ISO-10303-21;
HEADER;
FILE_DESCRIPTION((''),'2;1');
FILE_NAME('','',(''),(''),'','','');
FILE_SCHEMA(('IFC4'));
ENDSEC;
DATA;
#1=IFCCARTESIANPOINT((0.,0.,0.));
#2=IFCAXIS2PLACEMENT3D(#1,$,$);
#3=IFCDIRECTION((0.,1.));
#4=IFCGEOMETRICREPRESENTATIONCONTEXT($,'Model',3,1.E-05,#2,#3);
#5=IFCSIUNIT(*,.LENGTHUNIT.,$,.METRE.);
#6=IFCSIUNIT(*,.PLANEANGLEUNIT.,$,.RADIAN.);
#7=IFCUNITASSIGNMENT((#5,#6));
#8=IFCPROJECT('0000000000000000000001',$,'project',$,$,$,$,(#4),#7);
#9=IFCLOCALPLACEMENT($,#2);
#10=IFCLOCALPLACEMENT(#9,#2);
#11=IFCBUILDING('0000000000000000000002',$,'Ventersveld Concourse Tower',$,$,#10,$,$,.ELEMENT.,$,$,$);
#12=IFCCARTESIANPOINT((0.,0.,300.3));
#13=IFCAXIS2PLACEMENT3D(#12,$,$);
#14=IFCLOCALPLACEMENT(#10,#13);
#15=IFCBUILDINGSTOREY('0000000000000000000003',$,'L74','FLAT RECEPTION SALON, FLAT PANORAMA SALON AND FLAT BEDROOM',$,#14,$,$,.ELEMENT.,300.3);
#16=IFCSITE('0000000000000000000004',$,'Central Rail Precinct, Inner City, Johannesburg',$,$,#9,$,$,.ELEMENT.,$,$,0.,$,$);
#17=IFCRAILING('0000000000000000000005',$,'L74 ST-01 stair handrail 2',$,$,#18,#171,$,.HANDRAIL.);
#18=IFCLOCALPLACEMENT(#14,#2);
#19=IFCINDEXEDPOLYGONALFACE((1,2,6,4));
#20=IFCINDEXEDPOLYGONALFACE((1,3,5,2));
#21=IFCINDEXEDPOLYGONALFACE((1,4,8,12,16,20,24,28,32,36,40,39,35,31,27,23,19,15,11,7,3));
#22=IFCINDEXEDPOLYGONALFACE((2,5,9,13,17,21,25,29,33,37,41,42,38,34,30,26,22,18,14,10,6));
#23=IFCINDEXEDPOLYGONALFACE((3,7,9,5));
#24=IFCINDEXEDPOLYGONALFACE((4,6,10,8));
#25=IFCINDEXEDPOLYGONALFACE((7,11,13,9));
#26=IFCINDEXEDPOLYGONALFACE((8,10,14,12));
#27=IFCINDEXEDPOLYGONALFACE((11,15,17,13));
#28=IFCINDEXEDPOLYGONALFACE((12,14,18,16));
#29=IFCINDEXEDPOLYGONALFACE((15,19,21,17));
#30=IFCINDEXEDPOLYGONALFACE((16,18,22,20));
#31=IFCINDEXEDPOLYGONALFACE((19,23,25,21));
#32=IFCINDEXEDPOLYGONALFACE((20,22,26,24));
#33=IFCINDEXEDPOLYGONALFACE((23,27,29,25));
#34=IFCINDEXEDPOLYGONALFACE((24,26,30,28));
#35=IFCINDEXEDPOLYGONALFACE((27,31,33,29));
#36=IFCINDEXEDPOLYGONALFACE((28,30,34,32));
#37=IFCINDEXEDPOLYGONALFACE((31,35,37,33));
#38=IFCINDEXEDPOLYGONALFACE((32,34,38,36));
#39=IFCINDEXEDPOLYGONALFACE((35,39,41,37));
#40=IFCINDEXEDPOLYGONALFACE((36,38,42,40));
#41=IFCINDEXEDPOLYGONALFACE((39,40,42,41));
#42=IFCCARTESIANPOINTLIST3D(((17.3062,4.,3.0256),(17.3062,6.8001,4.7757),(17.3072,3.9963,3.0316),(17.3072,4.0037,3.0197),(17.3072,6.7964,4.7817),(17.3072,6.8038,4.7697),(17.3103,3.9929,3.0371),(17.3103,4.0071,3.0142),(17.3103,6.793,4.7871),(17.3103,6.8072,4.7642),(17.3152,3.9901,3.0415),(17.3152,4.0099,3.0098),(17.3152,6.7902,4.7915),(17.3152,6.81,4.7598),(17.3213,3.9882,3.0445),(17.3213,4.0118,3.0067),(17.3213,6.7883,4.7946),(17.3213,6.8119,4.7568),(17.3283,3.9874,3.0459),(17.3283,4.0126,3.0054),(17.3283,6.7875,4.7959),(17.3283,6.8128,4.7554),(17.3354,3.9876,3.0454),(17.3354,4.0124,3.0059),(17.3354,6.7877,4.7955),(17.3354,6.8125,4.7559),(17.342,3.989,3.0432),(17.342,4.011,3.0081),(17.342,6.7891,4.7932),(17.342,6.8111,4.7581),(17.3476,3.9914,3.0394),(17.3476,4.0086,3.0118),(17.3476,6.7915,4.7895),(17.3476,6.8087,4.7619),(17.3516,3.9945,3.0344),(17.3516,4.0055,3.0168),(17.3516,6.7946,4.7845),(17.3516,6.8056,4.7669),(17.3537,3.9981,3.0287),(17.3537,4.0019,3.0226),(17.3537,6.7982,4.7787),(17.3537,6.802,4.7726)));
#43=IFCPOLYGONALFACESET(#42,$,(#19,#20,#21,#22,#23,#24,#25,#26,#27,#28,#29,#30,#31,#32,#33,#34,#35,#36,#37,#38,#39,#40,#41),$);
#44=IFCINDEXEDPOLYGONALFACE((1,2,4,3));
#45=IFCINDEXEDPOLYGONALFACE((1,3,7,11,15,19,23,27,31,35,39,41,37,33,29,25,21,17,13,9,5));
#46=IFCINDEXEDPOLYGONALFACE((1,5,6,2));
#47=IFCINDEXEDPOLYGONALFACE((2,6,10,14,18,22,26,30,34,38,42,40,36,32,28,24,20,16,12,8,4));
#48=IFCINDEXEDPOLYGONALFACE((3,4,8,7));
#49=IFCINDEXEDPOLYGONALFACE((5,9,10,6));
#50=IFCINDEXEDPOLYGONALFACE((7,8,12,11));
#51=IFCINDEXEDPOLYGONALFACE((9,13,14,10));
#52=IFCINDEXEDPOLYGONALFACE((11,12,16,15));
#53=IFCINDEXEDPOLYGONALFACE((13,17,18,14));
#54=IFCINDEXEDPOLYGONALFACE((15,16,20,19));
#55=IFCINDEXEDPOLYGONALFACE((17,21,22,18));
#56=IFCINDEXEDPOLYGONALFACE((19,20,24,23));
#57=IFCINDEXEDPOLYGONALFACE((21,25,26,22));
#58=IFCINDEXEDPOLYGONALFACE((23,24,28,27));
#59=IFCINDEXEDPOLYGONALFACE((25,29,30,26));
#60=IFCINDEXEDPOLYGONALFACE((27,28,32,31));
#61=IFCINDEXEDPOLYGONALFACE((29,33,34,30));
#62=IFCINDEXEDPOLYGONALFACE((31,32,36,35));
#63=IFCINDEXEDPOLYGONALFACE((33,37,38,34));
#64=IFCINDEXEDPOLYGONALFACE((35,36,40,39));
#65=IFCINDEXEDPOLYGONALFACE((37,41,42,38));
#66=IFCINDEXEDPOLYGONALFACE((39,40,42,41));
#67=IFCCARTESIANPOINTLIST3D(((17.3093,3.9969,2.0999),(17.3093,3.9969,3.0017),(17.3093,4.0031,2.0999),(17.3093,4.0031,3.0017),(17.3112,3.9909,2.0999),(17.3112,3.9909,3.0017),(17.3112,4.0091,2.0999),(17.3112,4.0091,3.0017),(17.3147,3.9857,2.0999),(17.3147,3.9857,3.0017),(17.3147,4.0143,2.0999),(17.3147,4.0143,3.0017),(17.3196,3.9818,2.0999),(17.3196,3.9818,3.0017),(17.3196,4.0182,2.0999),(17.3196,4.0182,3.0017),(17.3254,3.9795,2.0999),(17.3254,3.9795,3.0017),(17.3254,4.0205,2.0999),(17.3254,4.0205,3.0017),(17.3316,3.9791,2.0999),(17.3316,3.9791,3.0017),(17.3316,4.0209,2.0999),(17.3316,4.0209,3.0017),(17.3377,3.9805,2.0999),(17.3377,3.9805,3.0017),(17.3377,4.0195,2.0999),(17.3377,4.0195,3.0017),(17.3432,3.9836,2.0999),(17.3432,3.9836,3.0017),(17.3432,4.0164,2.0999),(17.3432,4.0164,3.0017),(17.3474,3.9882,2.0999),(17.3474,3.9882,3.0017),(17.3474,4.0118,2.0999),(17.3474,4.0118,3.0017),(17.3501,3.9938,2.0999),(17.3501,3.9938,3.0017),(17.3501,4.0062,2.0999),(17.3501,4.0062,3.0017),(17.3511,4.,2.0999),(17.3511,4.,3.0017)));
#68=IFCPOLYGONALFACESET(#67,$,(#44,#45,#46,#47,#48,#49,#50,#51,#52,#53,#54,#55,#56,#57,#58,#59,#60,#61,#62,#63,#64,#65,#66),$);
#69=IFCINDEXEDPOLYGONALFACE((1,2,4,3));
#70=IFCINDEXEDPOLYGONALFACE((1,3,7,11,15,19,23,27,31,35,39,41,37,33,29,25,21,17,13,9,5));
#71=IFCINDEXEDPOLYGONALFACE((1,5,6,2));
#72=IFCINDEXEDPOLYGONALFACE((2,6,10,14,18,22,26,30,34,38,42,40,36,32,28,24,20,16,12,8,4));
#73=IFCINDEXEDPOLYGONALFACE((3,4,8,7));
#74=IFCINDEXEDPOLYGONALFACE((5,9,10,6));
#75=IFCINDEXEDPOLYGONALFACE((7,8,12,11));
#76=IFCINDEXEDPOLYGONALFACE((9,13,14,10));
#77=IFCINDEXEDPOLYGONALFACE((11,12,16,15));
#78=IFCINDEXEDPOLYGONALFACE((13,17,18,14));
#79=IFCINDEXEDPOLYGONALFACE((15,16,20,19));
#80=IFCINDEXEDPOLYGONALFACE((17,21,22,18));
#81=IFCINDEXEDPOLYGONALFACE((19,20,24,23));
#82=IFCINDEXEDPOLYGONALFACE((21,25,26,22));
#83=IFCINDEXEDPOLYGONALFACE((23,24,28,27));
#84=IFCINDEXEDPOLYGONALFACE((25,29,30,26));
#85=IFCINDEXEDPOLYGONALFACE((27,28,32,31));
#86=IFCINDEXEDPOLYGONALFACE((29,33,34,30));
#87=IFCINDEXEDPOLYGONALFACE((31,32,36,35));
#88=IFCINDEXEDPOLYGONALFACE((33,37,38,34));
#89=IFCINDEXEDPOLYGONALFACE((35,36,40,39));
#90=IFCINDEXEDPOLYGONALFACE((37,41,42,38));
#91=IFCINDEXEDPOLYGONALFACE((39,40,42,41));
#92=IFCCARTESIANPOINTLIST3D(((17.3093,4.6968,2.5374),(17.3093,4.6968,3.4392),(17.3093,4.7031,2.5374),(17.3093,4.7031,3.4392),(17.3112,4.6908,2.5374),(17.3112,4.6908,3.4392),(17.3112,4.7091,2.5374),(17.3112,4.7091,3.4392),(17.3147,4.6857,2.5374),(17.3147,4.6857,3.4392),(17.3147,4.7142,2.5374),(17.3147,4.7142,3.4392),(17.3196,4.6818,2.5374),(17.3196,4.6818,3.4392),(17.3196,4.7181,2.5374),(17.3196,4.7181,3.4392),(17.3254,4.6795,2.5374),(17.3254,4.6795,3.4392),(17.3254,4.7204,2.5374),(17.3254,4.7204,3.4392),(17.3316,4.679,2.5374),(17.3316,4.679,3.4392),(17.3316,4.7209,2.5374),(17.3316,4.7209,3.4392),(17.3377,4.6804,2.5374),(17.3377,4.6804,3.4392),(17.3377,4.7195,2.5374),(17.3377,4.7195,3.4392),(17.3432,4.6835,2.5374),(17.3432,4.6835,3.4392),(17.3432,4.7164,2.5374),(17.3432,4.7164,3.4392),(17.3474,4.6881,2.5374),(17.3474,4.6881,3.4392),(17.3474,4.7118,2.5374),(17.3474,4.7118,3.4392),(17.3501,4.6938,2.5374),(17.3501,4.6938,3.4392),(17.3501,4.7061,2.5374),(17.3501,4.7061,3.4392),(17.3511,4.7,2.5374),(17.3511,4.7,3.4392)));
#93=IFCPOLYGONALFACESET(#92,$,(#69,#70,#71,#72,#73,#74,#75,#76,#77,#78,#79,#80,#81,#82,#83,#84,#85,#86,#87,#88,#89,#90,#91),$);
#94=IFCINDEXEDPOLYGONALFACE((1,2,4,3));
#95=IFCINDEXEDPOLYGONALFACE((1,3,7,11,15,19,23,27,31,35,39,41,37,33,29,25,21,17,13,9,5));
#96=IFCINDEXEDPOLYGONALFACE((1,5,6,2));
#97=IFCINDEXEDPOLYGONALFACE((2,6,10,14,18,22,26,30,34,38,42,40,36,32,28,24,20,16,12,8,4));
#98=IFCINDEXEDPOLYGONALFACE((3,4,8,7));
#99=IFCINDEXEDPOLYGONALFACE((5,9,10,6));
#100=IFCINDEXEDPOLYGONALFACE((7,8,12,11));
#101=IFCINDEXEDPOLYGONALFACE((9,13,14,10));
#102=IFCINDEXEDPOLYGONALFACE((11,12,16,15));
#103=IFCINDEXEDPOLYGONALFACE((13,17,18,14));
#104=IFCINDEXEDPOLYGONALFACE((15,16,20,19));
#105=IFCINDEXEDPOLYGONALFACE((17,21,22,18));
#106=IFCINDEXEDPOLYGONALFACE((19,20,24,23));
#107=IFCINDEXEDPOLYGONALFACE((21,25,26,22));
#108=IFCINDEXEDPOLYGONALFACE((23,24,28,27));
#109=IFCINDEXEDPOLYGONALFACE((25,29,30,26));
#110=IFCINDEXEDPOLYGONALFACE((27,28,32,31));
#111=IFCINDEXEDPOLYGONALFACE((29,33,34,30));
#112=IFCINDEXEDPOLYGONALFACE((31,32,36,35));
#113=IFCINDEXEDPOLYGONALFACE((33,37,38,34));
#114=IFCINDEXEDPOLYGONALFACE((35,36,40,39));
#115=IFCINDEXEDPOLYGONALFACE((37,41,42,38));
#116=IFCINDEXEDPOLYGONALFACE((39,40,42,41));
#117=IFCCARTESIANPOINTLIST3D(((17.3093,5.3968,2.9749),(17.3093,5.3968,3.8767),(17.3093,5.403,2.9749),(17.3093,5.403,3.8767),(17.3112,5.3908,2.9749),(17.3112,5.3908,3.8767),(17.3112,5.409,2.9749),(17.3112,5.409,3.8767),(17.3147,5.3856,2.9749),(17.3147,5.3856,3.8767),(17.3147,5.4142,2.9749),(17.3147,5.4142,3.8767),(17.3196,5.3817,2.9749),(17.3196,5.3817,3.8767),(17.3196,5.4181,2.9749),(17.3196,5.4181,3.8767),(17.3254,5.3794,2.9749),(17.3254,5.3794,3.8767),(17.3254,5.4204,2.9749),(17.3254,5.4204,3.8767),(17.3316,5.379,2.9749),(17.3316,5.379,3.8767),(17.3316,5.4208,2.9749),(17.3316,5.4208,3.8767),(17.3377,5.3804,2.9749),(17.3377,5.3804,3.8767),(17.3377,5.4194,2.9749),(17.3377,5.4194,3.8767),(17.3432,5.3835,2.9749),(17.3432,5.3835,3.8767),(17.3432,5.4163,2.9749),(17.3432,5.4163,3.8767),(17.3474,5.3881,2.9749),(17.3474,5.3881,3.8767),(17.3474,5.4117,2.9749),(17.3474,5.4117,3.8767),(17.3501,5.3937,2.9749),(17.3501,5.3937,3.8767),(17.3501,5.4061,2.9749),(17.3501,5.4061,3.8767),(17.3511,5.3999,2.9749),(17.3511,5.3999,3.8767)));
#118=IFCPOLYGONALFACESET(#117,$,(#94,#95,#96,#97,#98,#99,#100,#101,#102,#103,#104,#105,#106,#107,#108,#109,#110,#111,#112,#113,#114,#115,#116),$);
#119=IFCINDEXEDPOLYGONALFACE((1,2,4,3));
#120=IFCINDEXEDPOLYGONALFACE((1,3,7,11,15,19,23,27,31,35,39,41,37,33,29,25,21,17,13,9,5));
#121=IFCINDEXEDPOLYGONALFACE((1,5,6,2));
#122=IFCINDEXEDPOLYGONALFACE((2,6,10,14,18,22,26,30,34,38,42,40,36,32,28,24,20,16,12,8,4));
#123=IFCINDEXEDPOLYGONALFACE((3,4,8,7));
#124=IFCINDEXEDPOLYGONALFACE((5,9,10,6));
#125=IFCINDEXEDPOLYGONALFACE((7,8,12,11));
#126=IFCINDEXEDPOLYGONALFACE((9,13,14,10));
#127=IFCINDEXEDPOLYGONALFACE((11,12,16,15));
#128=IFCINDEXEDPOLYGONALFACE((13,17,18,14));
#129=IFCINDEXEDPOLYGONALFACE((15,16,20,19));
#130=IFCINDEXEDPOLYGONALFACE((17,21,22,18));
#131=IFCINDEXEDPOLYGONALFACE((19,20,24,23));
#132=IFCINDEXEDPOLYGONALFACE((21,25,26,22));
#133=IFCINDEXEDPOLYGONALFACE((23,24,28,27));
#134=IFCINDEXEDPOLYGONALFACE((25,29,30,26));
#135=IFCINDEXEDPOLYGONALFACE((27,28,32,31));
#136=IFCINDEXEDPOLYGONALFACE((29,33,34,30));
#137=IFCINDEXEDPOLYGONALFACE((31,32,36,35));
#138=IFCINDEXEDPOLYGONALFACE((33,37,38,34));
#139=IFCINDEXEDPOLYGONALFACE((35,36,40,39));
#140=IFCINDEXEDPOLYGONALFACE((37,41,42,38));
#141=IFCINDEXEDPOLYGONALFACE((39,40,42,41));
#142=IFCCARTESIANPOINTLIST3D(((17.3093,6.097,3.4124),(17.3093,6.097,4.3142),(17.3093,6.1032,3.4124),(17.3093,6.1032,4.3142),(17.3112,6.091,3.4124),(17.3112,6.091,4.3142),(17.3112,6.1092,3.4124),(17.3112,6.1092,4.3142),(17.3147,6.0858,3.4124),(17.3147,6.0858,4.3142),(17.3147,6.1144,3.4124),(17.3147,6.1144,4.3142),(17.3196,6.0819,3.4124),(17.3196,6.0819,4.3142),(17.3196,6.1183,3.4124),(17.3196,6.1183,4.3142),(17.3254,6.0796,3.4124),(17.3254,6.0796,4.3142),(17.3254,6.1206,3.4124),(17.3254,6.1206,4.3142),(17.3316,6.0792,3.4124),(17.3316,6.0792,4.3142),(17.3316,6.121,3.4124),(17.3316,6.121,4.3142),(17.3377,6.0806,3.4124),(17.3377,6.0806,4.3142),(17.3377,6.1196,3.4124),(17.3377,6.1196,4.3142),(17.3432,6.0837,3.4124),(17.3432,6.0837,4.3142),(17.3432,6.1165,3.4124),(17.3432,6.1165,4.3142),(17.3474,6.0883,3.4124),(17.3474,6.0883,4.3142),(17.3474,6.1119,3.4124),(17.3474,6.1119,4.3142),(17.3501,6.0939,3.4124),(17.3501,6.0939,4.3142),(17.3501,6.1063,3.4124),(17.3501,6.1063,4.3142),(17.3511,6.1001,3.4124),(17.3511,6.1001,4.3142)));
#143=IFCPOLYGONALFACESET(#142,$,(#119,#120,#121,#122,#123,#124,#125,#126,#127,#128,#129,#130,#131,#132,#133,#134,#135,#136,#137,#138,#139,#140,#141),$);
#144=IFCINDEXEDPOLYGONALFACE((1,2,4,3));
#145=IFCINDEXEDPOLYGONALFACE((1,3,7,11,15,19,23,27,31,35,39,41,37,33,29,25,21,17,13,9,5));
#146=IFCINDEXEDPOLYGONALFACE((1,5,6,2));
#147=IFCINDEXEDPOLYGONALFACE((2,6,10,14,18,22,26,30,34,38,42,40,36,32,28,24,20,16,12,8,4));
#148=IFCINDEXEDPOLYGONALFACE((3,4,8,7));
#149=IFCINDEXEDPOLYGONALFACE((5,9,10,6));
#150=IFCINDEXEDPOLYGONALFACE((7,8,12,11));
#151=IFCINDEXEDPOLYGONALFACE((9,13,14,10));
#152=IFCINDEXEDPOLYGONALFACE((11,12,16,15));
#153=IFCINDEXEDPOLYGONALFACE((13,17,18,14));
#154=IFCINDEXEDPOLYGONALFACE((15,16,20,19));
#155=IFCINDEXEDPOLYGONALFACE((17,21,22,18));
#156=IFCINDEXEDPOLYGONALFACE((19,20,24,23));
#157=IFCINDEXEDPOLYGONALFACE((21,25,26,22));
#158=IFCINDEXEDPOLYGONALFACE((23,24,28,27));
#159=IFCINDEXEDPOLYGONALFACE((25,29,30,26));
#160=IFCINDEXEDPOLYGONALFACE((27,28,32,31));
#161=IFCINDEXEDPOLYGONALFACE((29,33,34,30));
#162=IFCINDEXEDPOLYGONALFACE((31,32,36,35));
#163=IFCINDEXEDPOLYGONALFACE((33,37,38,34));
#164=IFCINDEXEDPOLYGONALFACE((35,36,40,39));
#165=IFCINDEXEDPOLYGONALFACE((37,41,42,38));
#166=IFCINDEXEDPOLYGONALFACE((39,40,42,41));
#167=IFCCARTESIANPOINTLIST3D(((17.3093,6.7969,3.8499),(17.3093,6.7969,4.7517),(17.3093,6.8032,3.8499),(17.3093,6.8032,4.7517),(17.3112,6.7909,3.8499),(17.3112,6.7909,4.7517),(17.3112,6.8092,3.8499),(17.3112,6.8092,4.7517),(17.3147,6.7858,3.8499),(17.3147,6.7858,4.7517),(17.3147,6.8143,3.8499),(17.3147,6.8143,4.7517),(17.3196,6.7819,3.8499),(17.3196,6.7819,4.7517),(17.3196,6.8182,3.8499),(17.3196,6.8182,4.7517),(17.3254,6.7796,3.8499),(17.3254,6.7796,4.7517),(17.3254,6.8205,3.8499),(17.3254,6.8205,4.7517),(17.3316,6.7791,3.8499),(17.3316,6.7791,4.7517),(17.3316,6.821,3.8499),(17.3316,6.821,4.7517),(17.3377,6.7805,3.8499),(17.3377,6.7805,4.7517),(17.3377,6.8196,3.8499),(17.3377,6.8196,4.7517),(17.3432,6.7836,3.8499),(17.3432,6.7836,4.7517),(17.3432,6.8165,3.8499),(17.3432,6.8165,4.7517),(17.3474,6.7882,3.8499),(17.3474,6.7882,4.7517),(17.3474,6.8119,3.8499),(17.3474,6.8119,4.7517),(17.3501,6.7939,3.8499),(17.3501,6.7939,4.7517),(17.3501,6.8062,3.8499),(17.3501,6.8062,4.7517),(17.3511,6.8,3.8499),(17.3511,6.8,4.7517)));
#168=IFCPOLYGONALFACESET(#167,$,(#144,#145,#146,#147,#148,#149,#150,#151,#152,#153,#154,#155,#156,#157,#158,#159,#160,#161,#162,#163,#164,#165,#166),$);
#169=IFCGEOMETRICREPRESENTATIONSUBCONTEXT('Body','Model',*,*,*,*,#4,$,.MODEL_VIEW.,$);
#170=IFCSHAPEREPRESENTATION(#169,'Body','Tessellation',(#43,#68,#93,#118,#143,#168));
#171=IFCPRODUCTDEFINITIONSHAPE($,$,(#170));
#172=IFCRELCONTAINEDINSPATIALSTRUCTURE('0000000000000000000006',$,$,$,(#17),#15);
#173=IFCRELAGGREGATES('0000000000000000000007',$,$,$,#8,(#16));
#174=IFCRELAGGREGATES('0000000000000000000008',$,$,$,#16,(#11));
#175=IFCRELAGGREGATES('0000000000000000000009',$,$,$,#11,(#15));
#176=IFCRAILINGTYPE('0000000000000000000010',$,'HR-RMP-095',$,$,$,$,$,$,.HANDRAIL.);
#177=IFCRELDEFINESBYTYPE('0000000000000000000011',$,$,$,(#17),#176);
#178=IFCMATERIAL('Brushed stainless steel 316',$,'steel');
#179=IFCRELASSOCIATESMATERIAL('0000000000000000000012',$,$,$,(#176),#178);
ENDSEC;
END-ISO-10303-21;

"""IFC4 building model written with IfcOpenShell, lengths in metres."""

from ifc_helpers import new_model, si_unit, direction, frame, origin, origin_2d, place, context, subcontext, project, spatial, circle, extrude, material, type_object, element, save


model = new_model("IFC4")

# Units and contexts
model_context = context("Model", 3, precision=1e-05, world=origin(), true_north=direction((0.0, 1.0)))
body_context = subcontext(model_context, "Body", "Model", "MODEL_VIEW")
ifc_project = project(units=[si_unit("LENGTHUNIT", "METRE"), si_unit("PLANEANGLEUNIT", "RADIAN")], contexts=[model_context])

# Site, building, storey
site_placement = place(None, origin())
site = spatial("IfcSite", under=ifc_project, at=site_placement, Name="Central Rail Precinct, Inner City, Johannesburg", CompositionType="ELEMENT", RefElevation=0.0)
building_placement = place(site_placement, origin())
building = spatial("IfcBuilding", under=site, at=building_placement, Name="Ventersveld Concourse Tower", CompositionType="ELEMENT")
storey_placement = place(building_placement, frame((0.0, 0.0, 300.3)))
storey = spatial("IfcBuildingStorey", under=building, at=storey_placement, Name="L74", Description="FLAT RECEPTION SALON, FLAT PANORAMA SALON AND FLAT BEDROOM", CompositionType="ELEMENT", Elevation=300.3)

# Railing
ifc_material_1 = material(Name="Brushed stainless steel 316", Category="steel")
railing_type_1 = type_object("IfcRailingType", Name="HR-RMP-095", PredefinedType="HANDRAIL", material=ifc_material_1)
railing_1_placement = place(storey_placement, frame((17.3301, 4.0, 2.0999)))
element("IfcRailing", 1, at=railing_1_placement, inside=storey, type_object=railing_type_1, Name="L74 ST-01 stair handrail 2", PredefinedType="HANDRAIL", context=body_context, shape_type="SweptSolid", body=[
    extrude(circle(Radius=0.0239, at=origin_2d()), frame((0.0, 0.0, 0.9258), z_axis=(0.0, 0.848002, 0.529992), x_axis=(-1.0, 0.0, 0.0)), (0.0, 0.0, 1.0), 3.302),
    extrude(circle(Radius=0.021, at=origin_2d()), origin(), (0.0, 0.0, 1.0), 0.9019),
    extrude(circle(Radius=0.021, at=origin_2d()), frame((0.0, 0.7, 0.4375)), (0.0, 0.0, 1.0), 0.9019),
    extrude(circle(Radius=0.021, at=origin_2d()), frame((0.0, 1.3999, 0.875)), (0.0, 0.0, 1.0), 0.9019),
    extrude(circle(Radius=0.021, at=origin_2d()), frame((0.0, 2.1001, 1.3125)), (0.0, 0.0, 1.0), 0.9019),
    extrude(circle(Radius=0.021, at=origin_2d()), frame((0.0, 2.8, 1.75)), (0.0, 0.0, 1.0), 0.9019),
])

save(model, "model.ifc")
